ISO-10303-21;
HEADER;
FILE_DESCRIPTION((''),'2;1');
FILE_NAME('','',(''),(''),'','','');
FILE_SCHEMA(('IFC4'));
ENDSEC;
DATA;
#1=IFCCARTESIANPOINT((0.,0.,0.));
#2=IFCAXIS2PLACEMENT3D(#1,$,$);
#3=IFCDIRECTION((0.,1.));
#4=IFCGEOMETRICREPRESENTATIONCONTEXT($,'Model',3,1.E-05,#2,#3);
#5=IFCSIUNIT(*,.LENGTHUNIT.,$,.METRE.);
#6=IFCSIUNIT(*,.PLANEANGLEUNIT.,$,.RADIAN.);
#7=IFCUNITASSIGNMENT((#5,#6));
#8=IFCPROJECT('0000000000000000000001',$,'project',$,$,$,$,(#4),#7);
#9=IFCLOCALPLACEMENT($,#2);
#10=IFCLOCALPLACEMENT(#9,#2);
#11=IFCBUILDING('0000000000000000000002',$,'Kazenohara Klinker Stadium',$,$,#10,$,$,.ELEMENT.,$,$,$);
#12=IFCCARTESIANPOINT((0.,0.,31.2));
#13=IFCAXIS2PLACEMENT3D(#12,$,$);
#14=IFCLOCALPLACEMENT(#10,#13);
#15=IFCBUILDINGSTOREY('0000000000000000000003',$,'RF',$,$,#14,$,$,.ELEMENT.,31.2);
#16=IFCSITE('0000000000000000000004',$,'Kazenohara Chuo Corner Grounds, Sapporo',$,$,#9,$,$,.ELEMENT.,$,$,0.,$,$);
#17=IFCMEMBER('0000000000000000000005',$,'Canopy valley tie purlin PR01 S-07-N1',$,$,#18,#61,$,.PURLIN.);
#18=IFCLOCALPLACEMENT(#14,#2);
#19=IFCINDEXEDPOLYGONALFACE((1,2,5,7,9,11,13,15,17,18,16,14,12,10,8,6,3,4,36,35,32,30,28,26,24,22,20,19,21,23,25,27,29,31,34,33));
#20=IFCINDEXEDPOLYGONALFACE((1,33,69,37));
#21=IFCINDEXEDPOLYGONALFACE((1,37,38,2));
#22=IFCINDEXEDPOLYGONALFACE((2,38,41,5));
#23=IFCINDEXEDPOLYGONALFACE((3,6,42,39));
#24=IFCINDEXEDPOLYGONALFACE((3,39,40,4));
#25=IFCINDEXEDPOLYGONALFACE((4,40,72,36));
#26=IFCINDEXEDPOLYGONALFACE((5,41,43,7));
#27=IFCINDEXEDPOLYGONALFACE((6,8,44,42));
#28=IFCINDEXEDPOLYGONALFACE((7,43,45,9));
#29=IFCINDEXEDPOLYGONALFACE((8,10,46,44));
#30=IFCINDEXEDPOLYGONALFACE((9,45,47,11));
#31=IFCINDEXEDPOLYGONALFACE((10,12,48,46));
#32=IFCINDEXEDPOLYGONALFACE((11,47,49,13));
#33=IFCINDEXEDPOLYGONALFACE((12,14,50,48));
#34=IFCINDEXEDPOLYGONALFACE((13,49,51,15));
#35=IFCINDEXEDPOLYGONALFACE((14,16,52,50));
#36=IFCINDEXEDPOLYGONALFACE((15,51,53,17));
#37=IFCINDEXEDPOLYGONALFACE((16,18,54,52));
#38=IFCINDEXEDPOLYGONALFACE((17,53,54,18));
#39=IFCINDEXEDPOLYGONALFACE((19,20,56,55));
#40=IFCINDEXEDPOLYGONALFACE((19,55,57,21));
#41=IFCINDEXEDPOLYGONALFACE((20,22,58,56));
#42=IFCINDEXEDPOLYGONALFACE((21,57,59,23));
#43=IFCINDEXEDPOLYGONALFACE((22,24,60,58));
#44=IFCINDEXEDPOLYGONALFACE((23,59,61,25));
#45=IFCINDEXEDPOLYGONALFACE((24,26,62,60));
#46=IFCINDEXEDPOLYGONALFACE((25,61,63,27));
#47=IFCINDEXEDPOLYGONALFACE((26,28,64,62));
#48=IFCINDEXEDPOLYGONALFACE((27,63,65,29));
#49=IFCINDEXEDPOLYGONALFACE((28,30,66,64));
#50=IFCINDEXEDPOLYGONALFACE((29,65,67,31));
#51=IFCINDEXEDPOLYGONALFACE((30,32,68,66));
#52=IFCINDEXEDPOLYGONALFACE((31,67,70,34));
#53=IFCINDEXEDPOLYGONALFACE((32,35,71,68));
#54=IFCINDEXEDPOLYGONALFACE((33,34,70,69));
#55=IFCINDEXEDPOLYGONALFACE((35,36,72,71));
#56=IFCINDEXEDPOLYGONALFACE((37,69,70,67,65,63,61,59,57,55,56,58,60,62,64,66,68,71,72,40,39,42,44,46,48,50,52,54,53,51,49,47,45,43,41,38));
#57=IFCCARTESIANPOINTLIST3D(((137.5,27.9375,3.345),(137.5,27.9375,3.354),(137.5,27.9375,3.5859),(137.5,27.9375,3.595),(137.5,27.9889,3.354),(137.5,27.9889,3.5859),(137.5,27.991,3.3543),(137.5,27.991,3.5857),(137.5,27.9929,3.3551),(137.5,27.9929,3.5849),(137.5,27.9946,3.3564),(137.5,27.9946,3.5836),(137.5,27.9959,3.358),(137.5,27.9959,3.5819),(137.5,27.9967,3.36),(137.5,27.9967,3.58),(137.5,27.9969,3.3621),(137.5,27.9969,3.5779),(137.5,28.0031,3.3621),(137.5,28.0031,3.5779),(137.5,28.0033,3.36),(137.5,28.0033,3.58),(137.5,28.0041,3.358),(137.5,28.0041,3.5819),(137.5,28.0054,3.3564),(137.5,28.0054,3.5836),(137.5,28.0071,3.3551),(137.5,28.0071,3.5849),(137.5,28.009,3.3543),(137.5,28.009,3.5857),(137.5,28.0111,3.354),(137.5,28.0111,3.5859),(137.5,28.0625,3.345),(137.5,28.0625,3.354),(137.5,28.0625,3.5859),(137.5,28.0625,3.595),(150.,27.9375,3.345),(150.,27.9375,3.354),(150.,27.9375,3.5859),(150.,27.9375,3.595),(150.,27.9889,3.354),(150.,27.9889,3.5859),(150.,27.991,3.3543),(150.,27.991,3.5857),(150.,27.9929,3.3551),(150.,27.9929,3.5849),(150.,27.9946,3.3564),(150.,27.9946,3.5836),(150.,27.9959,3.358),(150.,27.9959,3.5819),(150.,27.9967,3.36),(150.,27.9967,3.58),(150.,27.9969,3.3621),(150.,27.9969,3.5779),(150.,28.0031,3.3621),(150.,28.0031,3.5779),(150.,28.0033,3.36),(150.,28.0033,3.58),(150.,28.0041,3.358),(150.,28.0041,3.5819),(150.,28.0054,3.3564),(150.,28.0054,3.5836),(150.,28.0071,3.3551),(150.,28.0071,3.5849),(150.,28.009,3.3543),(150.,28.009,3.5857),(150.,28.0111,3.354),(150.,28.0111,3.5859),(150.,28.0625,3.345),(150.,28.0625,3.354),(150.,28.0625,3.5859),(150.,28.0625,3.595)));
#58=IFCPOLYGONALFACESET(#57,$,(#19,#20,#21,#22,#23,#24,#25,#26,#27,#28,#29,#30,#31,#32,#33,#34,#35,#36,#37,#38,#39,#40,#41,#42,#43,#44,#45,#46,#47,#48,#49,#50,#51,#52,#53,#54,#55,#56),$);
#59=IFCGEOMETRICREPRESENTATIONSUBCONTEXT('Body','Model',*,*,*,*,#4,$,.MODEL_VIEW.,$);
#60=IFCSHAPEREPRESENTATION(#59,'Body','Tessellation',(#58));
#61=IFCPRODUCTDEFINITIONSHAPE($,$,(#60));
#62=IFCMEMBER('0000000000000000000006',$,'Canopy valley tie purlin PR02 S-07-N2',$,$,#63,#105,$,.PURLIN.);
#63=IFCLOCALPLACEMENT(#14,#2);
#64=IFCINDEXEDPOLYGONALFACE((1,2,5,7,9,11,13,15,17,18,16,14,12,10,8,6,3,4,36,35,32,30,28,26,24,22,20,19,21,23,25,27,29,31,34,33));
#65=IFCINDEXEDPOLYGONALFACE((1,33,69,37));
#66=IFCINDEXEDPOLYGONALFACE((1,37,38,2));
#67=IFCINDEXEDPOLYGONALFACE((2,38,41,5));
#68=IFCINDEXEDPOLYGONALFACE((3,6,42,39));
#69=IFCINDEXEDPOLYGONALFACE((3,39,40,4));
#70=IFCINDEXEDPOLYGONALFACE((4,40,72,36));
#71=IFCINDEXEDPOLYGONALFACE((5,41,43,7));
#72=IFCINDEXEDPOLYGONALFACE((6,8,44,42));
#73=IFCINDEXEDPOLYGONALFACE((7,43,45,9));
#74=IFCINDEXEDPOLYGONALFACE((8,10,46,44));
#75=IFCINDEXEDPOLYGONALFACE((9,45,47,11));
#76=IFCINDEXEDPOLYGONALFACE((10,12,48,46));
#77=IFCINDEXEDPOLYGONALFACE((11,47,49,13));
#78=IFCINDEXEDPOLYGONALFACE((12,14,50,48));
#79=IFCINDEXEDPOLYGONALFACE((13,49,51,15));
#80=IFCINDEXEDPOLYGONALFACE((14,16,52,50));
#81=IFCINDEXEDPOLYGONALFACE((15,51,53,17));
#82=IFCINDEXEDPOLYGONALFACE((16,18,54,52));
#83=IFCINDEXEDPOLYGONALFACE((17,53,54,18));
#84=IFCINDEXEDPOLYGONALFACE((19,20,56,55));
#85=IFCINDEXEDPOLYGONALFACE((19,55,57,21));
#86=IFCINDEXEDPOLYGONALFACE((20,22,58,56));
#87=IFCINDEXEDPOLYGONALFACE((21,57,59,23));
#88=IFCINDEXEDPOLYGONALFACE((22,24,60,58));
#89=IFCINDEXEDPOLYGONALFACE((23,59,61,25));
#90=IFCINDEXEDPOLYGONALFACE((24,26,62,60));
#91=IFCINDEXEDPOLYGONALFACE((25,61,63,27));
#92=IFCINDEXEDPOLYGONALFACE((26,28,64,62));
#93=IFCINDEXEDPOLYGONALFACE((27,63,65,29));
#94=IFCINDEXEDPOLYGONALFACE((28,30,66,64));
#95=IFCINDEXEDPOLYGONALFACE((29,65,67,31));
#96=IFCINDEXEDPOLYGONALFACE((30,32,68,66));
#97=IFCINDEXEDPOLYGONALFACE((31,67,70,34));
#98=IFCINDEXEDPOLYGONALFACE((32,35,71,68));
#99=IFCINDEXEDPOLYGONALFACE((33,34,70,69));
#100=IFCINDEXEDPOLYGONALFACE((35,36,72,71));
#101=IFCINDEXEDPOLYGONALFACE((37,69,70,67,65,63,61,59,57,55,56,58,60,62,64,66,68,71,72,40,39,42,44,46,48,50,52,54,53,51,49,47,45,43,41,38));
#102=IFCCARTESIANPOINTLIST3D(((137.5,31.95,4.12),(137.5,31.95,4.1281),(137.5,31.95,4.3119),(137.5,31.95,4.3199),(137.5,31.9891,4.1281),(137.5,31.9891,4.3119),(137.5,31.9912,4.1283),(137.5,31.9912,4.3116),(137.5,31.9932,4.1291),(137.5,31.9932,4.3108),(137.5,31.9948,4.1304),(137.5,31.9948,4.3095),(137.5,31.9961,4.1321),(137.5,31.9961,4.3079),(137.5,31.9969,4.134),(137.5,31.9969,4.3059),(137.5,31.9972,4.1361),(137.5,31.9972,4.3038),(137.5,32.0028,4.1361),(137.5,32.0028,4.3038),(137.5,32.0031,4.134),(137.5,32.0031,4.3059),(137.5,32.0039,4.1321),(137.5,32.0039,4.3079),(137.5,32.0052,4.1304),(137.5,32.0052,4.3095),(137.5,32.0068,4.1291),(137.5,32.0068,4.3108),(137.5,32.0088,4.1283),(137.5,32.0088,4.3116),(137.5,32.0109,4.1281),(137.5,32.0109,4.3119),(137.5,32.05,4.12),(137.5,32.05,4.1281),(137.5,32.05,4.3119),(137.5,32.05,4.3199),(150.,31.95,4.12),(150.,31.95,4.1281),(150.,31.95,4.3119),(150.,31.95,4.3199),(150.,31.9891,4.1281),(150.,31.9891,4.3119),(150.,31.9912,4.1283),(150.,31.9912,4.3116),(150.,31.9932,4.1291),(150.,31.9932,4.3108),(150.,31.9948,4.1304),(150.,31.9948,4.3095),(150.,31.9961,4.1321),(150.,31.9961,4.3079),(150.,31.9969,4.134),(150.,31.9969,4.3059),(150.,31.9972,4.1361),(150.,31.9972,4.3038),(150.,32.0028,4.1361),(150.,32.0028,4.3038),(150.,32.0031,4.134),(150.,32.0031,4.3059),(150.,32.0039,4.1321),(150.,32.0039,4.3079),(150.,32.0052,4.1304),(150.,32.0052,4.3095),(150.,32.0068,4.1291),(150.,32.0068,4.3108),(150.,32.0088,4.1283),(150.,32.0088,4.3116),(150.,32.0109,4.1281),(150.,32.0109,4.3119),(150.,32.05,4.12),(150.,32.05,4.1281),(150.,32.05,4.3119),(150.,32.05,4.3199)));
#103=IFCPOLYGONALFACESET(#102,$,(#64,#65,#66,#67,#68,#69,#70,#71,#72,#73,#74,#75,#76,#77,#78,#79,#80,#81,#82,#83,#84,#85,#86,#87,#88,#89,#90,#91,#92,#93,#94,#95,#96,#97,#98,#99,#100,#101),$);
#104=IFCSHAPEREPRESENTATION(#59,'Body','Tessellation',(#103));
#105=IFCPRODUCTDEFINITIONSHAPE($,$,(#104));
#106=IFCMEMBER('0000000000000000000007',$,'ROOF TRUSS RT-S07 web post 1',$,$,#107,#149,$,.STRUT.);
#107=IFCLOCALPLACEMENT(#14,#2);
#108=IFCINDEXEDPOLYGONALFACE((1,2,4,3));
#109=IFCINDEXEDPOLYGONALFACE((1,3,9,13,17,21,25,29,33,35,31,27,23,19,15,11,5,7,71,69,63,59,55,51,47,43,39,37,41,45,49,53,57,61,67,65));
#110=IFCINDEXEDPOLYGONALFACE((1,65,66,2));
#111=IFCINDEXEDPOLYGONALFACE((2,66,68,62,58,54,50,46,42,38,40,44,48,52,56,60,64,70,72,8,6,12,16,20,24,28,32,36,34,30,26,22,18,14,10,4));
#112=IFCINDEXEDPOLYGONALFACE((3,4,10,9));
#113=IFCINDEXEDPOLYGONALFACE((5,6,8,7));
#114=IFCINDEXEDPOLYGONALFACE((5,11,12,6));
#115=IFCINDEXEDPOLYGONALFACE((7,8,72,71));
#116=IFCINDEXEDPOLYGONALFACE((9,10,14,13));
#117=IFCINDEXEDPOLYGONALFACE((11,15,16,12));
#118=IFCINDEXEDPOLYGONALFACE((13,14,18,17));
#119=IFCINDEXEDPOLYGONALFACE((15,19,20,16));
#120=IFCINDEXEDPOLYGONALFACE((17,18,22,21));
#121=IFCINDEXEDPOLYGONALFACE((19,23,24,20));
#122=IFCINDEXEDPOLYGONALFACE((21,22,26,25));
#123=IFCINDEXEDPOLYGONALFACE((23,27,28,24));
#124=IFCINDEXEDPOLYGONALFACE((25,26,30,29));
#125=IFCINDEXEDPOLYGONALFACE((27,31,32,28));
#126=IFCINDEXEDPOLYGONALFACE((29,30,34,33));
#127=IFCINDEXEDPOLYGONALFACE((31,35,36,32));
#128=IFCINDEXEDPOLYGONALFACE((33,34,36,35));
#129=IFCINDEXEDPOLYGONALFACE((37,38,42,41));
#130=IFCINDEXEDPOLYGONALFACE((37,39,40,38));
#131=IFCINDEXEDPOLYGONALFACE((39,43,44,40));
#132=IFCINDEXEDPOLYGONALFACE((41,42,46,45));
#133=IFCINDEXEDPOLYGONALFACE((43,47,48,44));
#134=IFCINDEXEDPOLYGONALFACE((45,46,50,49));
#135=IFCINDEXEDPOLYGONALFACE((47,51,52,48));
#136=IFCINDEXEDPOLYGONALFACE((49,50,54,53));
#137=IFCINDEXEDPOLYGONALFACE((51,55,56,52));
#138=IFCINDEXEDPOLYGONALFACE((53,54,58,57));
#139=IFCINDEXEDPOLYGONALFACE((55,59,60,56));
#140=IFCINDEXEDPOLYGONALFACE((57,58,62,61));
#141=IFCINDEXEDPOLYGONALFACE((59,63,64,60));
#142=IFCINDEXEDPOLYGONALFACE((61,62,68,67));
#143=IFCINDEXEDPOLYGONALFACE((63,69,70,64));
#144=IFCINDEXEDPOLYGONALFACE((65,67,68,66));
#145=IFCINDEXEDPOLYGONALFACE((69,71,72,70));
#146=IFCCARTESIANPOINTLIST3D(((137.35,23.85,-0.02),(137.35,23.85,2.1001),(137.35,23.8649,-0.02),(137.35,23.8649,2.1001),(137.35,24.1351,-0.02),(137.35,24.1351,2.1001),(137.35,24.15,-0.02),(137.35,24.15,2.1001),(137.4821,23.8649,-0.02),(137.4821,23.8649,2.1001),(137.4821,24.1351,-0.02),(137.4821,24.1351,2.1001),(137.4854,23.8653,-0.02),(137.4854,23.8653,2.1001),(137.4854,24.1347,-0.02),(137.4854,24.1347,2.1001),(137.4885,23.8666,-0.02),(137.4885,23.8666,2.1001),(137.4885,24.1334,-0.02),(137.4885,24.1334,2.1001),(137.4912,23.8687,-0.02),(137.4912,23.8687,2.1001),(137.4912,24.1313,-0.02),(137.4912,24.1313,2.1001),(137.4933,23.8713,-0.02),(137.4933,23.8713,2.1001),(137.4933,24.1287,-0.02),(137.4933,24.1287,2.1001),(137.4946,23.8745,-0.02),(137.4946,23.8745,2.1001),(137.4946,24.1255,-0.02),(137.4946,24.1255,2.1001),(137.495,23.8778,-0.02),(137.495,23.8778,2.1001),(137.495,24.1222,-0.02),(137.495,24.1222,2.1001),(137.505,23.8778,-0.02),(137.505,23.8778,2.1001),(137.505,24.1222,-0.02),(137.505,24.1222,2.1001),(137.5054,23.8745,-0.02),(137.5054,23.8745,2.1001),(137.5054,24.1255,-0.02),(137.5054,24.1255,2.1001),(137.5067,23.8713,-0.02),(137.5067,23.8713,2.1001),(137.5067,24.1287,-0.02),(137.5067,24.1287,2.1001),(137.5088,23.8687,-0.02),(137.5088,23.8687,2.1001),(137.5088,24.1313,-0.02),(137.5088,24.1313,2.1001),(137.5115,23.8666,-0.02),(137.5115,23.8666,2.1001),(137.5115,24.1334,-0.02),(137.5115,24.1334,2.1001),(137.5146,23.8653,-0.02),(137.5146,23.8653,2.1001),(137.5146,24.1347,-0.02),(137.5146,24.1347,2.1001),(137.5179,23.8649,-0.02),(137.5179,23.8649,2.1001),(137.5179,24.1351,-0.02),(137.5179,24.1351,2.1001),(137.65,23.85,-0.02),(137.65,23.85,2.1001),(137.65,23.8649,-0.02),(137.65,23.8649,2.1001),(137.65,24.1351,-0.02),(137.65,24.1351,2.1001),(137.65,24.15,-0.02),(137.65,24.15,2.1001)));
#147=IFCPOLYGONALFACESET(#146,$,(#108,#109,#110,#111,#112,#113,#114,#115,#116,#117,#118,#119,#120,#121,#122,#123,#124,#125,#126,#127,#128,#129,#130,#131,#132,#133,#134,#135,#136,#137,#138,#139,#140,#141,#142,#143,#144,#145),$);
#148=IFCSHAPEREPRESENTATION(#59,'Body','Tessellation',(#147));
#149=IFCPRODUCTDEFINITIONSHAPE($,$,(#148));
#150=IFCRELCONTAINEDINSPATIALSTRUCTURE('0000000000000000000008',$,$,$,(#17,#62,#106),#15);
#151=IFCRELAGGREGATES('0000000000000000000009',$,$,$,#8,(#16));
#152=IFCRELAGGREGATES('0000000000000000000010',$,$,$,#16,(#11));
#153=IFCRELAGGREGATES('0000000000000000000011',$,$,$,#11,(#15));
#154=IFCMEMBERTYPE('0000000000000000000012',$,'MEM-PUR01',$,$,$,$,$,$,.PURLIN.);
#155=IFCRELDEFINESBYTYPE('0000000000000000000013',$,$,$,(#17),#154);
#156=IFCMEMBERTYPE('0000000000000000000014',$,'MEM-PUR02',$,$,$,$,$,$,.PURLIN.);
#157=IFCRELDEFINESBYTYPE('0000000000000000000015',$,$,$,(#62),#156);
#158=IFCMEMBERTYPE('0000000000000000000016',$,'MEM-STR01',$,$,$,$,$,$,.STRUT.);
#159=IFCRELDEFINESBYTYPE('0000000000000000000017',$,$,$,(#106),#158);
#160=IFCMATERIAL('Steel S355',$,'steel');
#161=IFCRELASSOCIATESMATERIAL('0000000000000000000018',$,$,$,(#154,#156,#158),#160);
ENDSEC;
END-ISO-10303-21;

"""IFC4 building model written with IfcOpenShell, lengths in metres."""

from ifc_helpers import new_model, si_unit, direction, frame, origin, origin_2d, place, context, subcontext, project, spatial, i_section, extrude, material, material_profile, profile_set, type_object, element, save


model = new_model("IFC4")

# Units and contexts
model_context = context("Model", 3, precision=1e-05, world=origin(), true_north=direction((0.0, 1.0)))
body_context = subcontext(model_context, "Body", "Model", "MODEL_VIEW")
ifc_project = project(units=[si_unit("LENGTHUNIT", "METRE"), si_unit("PLANEANGLEUNIT", "RADIAN")], contexts=[model_context])

# Site, building, storey
site_placement = place(None, origin())
site = spatial("IfcSite", under=ifc_project, at=site_placement, Name="Kazenohara Chuo Corner Grounds, Sapporo", CompositionType="ELEMENT", RefElevation=0.0)
building_placement = place(site_placement, origin())
building = spatial("IfcBuilding", under=site, at=building_placement, Name="Kazenohara Klinker Stadium", CompositionType="ELEMENT")
storey_placement = place(building_placement, frame((0.0, 0.0, 31.2)))
storey = spatial("IfcBuildingStorey", under=building, at=storey_placement, Name="RF", CompositionType="ELEMENT", Elevation=31.2)

# Members
ifc_material_1 = material(Name="Steel S355", Category="steel")
ifc_material_profile_1 = material_profile(ifc_material_1, i_section(OverallWidth=0.125, OverallDepth=0.25, WebThickness=0.0061, FlangeThickness=0.009, FilletRadius=0.0081, at=origin_2d()), Name="H-250x125x6x9")
ifc_profile_set_1 = profile_set([ifc_material_profile_1], Name="Steel S355")
member_type_1 = type_object("IfcMemberType", Name="MEM-PUR01", PredefinedType="PURLIN", material=ifc_profile_set_1)
member_1_placement = place(storey_placement, frame((137.5, 28.0, 3.47), z_axis=(1.0, 0.0, 0.0), x_axis=(0.0, 1.0, 0.0)))
element("IfcMember", 1, at=member_1_placement, inside=storey, type_object=member_type_1, Name="Canopy valley tie purlin PR01 S-07-N1", PredefinedType="PURLIN", context=body_context, shape_type="SweptSolid", body=[
    extrude(i_section(OverallWidth=0.125, OverallDepth=0.25, WebThickness=0.0061, FlangeThickness=0.009, FilletRadius=0.0081, at=origin_2d()), origin(), (0.0, 0.0, 1.0), 12.5),
])
ifc_material_profile_2 = material_profile(ifc_material_1, i_section(OverallWidth=0.1001, OverallDepth=0.2, WebThickness=0.0056, FlangeThickness=0.0081, FilletRadius=0.0081, at=origin_2d()), Name="H-200x100x5.5x8")
ifc_profile_set_2 = profile_set([ifc_material_profile_2], Name="Steel S355")
member_type_2 = type_object("IfcMemberType", Name="MEM-PUR02", PredefinedType="PURLIN", material=ifc_profile_set_2)
member_2_placement = place(storey_placement, frame((137.5, 32.0, 4.22), z_axis=(1.0, 0.0, 0.0), x_axis=(0.0, 1.0, 0.0)))
element("IfcMember", 2, at=member_2_placement, inside=storey, type_object=member_type_2, Name="Canopy valley tie purlin PR02 S-07-N2", PredefinedType="PURLIN", context=body_context, shape_type="SweptSolid", body=[
    extrude(i_section(OverallWidth=0.1001, OverallDepth=0.2, WebThickness=0.0056, FlangeThickness=0.0081, FilletRadius=0.0081, at=origin_2d()), origin(), (0.0, 0.0, 1.0), 12.5),
])
ifc_material_profile_3 = material_profile(ifc_material_1, i_section(OverallWidth=0.3, OverallDepth=0.3, WebThickness=0.01, FlangeThickness=0.0149, FilletRadius=0.0129, at=origin_2d()), Name="H-300x300x10x15")
ifc_profile_set_3 = profile_set([ifc_material_profile_3], Name="Steel S355")
member_type_3 = type_object("IfcMemberType", Name="MEM-STR01", PredefinedType="STRUT", material=ifc_profile_set_3)
member_3_placement = place(storey_placement, frame((137.5, 24.0, -0.02), z_axis=(0.0, 0.0, 1.0), x_axis=(1.0, 0.0, 0.0)))
element("IfcMember", 3, at=member_3_placement, inside=storey, type_object=member_type_3, Name="ROOF TRUSS RT-S07 web post 1", PredefinedType="STRUT", context=body_context, shape_type="SweptSolid", body=[
    extrude(i_section(OverallWidth=0.3, OverallDepth=0.3, WebThickness=0.01, FlangeThickness=0.0149, FilletRadius=0.0129, at=origin_2d()), origin(), (0.0, 0.0, 1.0), 2.1201),
])

save(model, "model.ifc")
